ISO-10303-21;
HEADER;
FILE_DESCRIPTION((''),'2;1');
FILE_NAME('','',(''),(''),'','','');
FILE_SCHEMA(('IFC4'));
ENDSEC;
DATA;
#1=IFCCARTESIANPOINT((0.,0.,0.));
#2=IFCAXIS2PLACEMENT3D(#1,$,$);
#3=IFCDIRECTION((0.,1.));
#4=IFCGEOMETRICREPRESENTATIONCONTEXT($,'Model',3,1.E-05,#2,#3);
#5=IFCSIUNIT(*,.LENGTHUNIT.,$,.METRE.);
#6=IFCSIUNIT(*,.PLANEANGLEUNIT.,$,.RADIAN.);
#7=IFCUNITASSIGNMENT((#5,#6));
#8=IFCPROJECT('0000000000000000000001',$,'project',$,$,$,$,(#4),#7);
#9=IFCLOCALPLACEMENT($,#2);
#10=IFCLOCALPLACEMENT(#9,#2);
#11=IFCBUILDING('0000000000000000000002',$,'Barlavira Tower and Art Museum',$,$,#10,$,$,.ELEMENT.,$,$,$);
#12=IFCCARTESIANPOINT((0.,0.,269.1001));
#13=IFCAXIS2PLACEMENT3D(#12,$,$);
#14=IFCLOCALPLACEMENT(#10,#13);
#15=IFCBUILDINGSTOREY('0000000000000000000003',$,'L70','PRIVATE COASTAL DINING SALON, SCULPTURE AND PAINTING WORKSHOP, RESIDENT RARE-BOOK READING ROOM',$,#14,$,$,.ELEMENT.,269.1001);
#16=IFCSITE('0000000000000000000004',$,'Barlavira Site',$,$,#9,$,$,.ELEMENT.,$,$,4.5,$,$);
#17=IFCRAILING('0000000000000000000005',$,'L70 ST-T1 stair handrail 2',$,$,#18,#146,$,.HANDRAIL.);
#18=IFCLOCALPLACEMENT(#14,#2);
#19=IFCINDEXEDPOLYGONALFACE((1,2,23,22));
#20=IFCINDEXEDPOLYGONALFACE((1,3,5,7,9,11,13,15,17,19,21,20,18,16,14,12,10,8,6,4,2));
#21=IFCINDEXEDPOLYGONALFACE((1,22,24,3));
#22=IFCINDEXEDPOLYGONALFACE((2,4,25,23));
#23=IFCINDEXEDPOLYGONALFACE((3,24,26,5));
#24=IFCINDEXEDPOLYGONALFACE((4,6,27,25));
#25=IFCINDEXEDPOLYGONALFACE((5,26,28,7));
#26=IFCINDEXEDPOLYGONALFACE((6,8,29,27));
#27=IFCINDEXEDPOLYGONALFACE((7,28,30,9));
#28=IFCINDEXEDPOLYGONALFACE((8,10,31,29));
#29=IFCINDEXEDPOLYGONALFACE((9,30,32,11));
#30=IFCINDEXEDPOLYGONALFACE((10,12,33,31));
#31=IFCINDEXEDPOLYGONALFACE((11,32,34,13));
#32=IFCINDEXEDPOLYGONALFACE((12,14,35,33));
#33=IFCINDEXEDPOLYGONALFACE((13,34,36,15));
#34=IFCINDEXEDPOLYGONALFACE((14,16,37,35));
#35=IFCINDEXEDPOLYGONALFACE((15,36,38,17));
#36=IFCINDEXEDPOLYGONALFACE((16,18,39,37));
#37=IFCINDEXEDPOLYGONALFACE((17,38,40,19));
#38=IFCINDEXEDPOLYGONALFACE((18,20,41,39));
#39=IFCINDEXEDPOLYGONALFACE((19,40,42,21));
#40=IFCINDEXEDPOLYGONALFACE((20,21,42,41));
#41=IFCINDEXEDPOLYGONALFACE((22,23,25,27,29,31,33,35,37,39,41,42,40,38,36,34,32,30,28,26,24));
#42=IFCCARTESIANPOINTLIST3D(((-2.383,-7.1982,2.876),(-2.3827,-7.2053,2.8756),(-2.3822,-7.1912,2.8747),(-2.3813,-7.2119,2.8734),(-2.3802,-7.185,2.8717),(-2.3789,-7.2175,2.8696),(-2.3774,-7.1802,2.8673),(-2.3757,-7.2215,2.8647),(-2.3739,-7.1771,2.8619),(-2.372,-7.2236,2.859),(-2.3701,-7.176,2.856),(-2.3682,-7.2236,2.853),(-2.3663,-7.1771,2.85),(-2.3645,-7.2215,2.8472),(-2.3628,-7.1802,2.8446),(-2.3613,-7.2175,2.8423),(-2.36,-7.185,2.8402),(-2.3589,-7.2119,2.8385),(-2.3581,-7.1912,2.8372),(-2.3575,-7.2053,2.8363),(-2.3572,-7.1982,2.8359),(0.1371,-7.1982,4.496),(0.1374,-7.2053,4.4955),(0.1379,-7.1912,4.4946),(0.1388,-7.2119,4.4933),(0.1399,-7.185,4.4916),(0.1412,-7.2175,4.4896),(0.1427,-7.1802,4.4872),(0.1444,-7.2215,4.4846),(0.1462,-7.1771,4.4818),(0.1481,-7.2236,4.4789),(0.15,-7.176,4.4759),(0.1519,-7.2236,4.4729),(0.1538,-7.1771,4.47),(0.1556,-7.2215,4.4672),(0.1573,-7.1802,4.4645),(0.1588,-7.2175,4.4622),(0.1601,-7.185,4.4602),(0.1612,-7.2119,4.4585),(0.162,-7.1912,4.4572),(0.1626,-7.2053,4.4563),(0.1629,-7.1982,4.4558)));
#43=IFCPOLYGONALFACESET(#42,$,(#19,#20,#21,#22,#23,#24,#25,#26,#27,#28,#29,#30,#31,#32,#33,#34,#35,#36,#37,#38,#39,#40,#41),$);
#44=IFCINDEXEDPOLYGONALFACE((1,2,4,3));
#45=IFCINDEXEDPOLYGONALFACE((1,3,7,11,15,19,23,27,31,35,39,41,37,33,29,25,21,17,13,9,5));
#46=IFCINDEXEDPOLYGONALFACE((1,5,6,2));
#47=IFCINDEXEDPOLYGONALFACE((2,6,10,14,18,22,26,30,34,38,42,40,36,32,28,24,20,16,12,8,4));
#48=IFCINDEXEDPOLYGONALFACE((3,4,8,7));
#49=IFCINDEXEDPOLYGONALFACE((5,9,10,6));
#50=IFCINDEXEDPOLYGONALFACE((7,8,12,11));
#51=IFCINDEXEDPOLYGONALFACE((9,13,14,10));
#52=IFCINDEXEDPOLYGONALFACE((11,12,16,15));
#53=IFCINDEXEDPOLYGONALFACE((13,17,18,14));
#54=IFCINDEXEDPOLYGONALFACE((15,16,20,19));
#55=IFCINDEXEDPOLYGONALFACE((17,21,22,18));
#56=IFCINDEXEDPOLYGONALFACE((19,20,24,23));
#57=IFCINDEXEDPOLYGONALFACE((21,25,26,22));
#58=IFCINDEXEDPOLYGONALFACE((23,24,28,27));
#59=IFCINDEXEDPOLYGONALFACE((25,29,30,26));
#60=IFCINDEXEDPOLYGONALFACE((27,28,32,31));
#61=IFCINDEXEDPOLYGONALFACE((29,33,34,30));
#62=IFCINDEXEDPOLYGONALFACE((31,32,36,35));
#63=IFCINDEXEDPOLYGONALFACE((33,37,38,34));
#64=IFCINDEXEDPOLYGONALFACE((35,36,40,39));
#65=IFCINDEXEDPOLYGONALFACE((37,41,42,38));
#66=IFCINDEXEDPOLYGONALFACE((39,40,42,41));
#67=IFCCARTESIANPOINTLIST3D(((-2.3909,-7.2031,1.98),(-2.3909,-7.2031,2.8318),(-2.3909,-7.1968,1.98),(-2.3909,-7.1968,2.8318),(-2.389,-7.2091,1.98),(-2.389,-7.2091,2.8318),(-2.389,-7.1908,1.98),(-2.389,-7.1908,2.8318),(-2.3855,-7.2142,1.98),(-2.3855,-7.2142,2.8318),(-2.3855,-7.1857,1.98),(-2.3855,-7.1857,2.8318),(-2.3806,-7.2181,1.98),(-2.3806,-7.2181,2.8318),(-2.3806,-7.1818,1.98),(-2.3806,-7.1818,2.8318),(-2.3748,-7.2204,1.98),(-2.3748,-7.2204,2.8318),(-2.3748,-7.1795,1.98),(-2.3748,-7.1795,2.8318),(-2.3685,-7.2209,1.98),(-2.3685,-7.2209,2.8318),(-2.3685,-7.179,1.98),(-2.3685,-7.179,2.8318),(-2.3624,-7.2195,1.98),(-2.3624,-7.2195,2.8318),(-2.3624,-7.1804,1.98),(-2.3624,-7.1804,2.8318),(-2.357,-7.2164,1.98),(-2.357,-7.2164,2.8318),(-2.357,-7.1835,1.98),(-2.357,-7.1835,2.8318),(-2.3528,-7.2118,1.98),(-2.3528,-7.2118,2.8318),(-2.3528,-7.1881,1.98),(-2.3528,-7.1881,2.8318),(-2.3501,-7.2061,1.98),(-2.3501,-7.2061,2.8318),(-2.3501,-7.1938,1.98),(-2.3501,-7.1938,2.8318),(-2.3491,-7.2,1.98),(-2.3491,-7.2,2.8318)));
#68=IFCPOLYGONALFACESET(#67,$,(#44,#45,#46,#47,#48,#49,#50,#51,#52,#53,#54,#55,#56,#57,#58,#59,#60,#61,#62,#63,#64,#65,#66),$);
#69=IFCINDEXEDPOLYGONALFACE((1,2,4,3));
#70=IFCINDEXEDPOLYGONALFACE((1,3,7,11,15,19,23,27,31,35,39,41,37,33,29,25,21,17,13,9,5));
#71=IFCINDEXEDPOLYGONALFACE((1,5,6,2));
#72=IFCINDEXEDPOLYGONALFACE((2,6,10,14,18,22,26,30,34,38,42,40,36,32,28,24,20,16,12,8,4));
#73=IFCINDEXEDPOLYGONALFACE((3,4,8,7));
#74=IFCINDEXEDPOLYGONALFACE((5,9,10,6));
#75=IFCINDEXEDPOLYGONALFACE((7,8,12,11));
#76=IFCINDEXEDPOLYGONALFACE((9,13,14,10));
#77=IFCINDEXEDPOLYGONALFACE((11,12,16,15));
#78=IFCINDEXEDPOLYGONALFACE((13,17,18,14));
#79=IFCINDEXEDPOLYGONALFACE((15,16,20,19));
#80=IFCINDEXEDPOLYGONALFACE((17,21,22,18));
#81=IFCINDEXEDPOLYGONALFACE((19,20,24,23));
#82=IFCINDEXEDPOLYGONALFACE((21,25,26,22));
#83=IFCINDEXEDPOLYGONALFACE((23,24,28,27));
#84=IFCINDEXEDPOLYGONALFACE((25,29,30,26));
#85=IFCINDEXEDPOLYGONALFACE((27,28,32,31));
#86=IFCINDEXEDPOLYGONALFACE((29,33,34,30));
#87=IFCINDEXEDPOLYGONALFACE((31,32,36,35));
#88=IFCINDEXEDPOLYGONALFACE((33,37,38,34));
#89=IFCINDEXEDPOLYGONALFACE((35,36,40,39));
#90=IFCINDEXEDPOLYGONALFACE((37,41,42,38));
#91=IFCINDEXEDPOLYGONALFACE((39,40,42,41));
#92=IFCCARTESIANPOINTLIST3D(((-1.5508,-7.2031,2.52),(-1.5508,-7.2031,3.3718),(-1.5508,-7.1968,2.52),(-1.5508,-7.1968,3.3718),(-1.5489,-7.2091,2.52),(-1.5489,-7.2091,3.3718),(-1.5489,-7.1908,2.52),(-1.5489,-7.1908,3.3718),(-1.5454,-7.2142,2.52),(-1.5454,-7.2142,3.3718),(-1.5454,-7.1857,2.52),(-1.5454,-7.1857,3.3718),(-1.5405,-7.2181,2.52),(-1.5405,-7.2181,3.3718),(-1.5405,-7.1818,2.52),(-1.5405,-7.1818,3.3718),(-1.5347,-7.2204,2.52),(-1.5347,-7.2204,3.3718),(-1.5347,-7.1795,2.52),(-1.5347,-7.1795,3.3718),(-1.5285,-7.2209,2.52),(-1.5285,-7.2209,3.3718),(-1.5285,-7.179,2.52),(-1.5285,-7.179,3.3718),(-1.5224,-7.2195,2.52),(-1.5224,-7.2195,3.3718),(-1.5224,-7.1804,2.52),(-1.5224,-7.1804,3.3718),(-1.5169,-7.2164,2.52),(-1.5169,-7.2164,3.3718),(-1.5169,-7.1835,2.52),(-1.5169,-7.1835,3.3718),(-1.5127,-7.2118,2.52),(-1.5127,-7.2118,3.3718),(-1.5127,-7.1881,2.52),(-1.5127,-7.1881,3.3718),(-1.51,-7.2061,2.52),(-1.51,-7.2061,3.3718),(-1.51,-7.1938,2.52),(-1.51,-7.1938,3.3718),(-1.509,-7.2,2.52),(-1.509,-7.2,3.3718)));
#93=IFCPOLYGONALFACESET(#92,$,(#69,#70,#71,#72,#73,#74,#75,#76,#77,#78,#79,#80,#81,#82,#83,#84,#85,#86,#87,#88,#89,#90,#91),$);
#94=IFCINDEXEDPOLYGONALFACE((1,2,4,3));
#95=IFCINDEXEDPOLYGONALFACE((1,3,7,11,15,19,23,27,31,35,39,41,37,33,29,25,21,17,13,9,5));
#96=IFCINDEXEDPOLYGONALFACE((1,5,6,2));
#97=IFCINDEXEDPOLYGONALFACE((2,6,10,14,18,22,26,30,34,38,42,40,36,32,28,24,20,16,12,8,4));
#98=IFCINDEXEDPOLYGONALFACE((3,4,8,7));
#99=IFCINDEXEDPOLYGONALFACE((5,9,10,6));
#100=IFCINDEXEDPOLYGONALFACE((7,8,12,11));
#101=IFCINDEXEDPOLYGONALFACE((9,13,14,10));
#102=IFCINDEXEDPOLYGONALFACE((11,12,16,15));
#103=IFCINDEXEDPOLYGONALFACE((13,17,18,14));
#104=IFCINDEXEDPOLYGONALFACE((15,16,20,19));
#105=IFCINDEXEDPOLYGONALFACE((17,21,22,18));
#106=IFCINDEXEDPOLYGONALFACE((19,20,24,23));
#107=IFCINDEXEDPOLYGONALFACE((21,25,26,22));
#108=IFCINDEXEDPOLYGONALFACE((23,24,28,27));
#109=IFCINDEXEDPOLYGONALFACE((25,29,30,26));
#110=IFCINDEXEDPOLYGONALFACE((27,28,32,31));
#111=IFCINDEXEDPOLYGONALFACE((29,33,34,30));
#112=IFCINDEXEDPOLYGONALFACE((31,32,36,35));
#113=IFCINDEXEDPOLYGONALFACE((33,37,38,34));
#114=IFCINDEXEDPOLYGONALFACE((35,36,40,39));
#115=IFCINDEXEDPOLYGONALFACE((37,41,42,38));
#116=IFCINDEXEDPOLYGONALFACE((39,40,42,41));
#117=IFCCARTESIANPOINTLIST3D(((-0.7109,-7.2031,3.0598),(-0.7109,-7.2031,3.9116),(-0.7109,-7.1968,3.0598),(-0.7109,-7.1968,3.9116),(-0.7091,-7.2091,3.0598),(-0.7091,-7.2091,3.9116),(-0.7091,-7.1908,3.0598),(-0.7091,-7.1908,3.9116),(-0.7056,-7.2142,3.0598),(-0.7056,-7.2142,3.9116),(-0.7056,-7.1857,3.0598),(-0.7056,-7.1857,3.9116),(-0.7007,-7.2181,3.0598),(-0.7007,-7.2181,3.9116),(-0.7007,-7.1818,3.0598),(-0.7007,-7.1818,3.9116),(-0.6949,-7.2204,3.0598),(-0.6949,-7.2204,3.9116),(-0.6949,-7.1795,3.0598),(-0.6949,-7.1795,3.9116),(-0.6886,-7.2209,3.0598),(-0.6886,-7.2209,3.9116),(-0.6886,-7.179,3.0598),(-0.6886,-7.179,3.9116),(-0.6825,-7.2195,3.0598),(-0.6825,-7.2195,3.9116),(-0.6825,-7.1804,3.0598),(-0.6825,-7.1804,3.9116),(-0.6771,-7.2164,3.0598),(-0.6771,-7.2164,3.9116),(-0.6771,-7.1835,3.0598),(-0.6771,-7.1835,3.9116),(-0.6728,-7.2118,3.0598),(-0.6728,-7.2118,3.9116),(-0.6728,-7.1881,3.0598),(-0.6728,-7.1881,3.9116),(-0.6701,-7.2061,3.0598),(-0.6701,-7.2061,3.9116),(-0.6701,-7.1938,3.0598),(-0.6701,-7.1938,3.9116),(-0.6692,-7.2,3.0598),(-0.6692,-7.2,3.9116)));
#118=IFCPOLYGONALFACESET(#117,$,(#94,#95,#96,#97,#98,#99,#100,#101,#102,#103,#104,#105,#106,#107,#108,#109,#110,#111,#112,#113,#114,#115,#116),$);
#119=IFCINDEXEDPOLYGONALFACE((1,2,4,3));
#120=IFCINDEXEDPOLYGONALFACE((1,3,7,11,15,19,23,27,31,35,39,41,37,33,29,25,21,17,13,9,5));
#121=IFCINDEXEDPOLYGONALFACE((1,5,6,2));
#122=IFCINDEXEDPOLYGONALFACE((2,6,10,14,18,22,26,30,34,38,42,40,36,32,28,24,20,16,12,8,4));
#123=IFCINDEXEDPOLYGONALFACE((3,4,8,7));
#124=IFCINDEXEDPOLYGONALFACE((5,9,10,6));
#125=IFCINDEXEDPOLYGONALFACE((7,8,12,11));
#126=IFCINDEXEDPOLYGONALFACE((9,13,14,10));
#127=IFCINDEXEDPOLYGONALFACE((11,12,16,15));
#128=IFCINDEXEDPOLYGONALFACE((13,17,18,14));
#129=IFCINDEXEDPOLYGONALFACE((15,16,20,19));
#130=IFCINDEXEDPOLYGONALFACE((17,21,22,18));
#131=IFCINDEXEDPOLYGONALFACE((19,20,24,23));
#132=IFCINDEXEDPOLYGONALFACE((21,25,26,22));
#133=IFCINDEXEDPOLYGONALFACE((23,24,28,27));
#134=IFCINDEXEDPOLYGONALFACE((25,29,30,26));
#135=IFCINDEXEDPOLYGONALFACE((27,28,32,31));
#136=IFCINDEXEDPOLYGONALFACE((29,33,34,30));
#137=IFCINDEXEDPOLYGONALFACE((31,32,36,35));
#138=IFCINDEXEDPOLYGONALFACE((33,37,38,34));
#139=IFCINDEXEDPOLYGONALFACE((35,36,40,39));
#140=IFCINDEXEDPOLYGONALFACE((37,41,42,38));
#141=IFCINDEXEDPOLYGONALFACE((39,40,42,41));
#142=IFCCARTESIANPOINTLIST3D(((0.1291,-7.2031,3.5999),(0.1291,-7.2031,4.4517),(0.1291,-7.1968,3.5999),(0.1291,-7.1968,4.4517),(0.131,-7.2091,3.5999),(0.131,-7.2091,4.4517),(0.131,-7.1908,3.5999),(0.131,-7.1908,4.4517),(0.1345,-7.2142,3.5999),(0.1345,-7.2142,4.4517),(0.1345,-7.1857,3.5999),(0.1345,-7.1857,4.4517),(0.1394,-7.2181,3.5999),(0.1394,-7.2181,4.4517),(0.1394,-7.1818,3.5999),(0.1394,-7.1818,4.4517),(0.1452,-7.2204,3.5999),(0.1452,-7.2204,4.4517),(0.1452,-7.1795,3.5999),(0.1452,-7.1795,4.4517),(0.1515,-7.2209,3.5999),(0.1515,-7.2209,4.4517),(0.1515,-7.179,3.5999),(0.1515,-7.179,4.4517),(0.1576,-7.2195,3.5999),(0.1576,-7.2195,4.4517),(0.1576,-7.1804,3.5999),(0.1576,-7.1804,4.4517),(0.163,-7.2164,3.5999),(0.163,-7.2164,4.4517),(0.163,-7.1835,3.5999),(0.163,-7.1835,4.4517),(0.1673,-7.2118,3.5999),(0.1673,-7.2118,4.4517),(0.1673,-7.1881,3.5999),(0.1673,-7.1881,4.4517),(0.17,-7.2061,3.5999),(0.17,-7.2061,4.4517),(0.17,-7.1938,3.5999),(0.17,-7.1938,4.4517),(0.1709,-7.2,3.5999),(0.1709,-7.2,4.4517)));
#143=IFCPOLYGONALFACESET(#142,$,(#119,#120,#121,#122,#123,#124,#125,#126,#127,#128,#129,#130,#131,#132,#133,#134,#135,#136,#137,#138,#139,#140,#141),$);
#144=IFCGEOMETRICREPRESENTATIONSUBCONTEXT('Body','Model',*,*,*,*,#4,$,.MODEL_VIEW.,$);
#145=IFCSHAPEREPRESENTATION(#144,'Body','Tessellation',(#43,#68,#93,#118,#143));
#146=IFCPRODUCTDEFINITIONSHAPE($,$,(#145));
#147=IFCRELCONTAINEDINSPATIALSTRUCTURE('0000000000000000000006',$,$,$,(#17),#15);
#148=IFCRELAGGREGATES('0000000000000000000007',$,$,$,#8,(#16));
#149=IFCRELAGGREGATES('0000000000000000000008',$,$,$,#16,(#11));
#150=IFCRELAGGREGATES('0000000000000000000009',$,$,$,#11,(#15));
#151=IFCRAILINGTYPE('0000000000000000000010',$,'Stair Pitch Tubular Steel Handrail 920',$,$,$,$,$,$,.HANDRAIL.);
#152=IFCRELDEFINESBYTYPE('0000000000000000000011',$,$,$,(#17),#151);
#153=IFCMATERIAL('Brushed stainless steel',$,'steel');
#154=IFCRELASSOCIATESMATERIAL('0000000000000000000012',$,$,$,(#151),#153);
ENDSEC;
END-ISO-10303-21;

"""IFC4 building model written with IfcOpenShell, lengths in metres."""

from ifc_helpers import new_model, si_unit, direction, frame, origin, origin_2d, place, context, subcontext, project, spatial, circle, extrude, material, type_object, element, save


model = new_model("IFC4")

# Units and contexts
model_context = context("Model", 3, precision=1e-05, world=origin(), true_north=direction((0.0, 1.0)))
body_context = subcontext(model_context, "Body", "Model", "MODEL_VIEW")
ifc_project = project(units=[si_unit("LENGTHUNIT", "METRE"), si_unit("PLANEANGLEUNIT", "RADIAN")], contexts=[model_context])

# Site, building, storey
site_placement = place(None, origin())
site = spatial("IfcSite", under=ifc_project, at=site_placement, Name="Barlavira Site", CompositionType="ELEMENT", RefElevation=4.5)
building_placement = place(site_placement, origin())
building = spatial("IfcBuilding", under=site, at=building_placement, Name="Barlavira Tower and Art Museum", CompositionType="ELEMENT")
storey_placement = place(building_placement, frame((0.0, 0.0, 269.1001)))
storey = spatial("IfcBuildingStorey", under=building, at=storey_placement, Name="L70", Description="PRIVATE COASTAL DINING SALON, SCULPTURE AND PAINTING WORKSHOP, RESIDENT RARE-BOOK READING ROOM", CompositionType="ELEMENT", Elevation=269.1001)

# Shared definitions
ifc_material_1 = material(Name="Brushed stainless steel", Category="steel")

# Railing
railing_type_1 = type_object("IfcRailingType", Name="Stair Pitch Tubular Steel Handrail 920", PredefinedType="HANDRAIL", material=ifc_material_1)
railing_1_placement = place(storey_placement, frame((-2.3701, -7.2, 1.98)))
element("IfcRailing", 1, at=railing_1_placement, inside=storey, type_object=railing_type_1, Name="L70 ST-T1 stair handrail 2", PredefinedType="HANDRAIL", context=body_context, shape_type="SweptSolid", body=[
    extrude(circle(Radius=0.0239, at=origin_2d()), frame((0.0, 0.0, 0.876), z_axis=(0.8412, 0.0, 0.540725), x_axis=(0.0, 1.0, 0.0)), (0.0, 0.0, 1.0), 2.9958),
    extrude(circle(Radius=0.021, at=origin_2d()), origin(), (0.0, 0.0, 1.0), 0.8518),
    extrude(circle(Radius=0.021, at=origin_2d()), frame((0.8401, 0.0, 0.54)), (0.0, 0.0, 1.0), 0.8518),
    extrude(circle(Radius=0.021, at=origin_2d()), frame((1.6799, 0.0, 1.0798)), (0.0, 0.0, 1.0), 0.8518),
    extrude(circle(Radius=0.021, at=origin_2d()), frame((2.52, 0.0, 1.6199)), (0.0, 0.0, 1.0), 0.8518),
])

save(model, "model.ifc")
